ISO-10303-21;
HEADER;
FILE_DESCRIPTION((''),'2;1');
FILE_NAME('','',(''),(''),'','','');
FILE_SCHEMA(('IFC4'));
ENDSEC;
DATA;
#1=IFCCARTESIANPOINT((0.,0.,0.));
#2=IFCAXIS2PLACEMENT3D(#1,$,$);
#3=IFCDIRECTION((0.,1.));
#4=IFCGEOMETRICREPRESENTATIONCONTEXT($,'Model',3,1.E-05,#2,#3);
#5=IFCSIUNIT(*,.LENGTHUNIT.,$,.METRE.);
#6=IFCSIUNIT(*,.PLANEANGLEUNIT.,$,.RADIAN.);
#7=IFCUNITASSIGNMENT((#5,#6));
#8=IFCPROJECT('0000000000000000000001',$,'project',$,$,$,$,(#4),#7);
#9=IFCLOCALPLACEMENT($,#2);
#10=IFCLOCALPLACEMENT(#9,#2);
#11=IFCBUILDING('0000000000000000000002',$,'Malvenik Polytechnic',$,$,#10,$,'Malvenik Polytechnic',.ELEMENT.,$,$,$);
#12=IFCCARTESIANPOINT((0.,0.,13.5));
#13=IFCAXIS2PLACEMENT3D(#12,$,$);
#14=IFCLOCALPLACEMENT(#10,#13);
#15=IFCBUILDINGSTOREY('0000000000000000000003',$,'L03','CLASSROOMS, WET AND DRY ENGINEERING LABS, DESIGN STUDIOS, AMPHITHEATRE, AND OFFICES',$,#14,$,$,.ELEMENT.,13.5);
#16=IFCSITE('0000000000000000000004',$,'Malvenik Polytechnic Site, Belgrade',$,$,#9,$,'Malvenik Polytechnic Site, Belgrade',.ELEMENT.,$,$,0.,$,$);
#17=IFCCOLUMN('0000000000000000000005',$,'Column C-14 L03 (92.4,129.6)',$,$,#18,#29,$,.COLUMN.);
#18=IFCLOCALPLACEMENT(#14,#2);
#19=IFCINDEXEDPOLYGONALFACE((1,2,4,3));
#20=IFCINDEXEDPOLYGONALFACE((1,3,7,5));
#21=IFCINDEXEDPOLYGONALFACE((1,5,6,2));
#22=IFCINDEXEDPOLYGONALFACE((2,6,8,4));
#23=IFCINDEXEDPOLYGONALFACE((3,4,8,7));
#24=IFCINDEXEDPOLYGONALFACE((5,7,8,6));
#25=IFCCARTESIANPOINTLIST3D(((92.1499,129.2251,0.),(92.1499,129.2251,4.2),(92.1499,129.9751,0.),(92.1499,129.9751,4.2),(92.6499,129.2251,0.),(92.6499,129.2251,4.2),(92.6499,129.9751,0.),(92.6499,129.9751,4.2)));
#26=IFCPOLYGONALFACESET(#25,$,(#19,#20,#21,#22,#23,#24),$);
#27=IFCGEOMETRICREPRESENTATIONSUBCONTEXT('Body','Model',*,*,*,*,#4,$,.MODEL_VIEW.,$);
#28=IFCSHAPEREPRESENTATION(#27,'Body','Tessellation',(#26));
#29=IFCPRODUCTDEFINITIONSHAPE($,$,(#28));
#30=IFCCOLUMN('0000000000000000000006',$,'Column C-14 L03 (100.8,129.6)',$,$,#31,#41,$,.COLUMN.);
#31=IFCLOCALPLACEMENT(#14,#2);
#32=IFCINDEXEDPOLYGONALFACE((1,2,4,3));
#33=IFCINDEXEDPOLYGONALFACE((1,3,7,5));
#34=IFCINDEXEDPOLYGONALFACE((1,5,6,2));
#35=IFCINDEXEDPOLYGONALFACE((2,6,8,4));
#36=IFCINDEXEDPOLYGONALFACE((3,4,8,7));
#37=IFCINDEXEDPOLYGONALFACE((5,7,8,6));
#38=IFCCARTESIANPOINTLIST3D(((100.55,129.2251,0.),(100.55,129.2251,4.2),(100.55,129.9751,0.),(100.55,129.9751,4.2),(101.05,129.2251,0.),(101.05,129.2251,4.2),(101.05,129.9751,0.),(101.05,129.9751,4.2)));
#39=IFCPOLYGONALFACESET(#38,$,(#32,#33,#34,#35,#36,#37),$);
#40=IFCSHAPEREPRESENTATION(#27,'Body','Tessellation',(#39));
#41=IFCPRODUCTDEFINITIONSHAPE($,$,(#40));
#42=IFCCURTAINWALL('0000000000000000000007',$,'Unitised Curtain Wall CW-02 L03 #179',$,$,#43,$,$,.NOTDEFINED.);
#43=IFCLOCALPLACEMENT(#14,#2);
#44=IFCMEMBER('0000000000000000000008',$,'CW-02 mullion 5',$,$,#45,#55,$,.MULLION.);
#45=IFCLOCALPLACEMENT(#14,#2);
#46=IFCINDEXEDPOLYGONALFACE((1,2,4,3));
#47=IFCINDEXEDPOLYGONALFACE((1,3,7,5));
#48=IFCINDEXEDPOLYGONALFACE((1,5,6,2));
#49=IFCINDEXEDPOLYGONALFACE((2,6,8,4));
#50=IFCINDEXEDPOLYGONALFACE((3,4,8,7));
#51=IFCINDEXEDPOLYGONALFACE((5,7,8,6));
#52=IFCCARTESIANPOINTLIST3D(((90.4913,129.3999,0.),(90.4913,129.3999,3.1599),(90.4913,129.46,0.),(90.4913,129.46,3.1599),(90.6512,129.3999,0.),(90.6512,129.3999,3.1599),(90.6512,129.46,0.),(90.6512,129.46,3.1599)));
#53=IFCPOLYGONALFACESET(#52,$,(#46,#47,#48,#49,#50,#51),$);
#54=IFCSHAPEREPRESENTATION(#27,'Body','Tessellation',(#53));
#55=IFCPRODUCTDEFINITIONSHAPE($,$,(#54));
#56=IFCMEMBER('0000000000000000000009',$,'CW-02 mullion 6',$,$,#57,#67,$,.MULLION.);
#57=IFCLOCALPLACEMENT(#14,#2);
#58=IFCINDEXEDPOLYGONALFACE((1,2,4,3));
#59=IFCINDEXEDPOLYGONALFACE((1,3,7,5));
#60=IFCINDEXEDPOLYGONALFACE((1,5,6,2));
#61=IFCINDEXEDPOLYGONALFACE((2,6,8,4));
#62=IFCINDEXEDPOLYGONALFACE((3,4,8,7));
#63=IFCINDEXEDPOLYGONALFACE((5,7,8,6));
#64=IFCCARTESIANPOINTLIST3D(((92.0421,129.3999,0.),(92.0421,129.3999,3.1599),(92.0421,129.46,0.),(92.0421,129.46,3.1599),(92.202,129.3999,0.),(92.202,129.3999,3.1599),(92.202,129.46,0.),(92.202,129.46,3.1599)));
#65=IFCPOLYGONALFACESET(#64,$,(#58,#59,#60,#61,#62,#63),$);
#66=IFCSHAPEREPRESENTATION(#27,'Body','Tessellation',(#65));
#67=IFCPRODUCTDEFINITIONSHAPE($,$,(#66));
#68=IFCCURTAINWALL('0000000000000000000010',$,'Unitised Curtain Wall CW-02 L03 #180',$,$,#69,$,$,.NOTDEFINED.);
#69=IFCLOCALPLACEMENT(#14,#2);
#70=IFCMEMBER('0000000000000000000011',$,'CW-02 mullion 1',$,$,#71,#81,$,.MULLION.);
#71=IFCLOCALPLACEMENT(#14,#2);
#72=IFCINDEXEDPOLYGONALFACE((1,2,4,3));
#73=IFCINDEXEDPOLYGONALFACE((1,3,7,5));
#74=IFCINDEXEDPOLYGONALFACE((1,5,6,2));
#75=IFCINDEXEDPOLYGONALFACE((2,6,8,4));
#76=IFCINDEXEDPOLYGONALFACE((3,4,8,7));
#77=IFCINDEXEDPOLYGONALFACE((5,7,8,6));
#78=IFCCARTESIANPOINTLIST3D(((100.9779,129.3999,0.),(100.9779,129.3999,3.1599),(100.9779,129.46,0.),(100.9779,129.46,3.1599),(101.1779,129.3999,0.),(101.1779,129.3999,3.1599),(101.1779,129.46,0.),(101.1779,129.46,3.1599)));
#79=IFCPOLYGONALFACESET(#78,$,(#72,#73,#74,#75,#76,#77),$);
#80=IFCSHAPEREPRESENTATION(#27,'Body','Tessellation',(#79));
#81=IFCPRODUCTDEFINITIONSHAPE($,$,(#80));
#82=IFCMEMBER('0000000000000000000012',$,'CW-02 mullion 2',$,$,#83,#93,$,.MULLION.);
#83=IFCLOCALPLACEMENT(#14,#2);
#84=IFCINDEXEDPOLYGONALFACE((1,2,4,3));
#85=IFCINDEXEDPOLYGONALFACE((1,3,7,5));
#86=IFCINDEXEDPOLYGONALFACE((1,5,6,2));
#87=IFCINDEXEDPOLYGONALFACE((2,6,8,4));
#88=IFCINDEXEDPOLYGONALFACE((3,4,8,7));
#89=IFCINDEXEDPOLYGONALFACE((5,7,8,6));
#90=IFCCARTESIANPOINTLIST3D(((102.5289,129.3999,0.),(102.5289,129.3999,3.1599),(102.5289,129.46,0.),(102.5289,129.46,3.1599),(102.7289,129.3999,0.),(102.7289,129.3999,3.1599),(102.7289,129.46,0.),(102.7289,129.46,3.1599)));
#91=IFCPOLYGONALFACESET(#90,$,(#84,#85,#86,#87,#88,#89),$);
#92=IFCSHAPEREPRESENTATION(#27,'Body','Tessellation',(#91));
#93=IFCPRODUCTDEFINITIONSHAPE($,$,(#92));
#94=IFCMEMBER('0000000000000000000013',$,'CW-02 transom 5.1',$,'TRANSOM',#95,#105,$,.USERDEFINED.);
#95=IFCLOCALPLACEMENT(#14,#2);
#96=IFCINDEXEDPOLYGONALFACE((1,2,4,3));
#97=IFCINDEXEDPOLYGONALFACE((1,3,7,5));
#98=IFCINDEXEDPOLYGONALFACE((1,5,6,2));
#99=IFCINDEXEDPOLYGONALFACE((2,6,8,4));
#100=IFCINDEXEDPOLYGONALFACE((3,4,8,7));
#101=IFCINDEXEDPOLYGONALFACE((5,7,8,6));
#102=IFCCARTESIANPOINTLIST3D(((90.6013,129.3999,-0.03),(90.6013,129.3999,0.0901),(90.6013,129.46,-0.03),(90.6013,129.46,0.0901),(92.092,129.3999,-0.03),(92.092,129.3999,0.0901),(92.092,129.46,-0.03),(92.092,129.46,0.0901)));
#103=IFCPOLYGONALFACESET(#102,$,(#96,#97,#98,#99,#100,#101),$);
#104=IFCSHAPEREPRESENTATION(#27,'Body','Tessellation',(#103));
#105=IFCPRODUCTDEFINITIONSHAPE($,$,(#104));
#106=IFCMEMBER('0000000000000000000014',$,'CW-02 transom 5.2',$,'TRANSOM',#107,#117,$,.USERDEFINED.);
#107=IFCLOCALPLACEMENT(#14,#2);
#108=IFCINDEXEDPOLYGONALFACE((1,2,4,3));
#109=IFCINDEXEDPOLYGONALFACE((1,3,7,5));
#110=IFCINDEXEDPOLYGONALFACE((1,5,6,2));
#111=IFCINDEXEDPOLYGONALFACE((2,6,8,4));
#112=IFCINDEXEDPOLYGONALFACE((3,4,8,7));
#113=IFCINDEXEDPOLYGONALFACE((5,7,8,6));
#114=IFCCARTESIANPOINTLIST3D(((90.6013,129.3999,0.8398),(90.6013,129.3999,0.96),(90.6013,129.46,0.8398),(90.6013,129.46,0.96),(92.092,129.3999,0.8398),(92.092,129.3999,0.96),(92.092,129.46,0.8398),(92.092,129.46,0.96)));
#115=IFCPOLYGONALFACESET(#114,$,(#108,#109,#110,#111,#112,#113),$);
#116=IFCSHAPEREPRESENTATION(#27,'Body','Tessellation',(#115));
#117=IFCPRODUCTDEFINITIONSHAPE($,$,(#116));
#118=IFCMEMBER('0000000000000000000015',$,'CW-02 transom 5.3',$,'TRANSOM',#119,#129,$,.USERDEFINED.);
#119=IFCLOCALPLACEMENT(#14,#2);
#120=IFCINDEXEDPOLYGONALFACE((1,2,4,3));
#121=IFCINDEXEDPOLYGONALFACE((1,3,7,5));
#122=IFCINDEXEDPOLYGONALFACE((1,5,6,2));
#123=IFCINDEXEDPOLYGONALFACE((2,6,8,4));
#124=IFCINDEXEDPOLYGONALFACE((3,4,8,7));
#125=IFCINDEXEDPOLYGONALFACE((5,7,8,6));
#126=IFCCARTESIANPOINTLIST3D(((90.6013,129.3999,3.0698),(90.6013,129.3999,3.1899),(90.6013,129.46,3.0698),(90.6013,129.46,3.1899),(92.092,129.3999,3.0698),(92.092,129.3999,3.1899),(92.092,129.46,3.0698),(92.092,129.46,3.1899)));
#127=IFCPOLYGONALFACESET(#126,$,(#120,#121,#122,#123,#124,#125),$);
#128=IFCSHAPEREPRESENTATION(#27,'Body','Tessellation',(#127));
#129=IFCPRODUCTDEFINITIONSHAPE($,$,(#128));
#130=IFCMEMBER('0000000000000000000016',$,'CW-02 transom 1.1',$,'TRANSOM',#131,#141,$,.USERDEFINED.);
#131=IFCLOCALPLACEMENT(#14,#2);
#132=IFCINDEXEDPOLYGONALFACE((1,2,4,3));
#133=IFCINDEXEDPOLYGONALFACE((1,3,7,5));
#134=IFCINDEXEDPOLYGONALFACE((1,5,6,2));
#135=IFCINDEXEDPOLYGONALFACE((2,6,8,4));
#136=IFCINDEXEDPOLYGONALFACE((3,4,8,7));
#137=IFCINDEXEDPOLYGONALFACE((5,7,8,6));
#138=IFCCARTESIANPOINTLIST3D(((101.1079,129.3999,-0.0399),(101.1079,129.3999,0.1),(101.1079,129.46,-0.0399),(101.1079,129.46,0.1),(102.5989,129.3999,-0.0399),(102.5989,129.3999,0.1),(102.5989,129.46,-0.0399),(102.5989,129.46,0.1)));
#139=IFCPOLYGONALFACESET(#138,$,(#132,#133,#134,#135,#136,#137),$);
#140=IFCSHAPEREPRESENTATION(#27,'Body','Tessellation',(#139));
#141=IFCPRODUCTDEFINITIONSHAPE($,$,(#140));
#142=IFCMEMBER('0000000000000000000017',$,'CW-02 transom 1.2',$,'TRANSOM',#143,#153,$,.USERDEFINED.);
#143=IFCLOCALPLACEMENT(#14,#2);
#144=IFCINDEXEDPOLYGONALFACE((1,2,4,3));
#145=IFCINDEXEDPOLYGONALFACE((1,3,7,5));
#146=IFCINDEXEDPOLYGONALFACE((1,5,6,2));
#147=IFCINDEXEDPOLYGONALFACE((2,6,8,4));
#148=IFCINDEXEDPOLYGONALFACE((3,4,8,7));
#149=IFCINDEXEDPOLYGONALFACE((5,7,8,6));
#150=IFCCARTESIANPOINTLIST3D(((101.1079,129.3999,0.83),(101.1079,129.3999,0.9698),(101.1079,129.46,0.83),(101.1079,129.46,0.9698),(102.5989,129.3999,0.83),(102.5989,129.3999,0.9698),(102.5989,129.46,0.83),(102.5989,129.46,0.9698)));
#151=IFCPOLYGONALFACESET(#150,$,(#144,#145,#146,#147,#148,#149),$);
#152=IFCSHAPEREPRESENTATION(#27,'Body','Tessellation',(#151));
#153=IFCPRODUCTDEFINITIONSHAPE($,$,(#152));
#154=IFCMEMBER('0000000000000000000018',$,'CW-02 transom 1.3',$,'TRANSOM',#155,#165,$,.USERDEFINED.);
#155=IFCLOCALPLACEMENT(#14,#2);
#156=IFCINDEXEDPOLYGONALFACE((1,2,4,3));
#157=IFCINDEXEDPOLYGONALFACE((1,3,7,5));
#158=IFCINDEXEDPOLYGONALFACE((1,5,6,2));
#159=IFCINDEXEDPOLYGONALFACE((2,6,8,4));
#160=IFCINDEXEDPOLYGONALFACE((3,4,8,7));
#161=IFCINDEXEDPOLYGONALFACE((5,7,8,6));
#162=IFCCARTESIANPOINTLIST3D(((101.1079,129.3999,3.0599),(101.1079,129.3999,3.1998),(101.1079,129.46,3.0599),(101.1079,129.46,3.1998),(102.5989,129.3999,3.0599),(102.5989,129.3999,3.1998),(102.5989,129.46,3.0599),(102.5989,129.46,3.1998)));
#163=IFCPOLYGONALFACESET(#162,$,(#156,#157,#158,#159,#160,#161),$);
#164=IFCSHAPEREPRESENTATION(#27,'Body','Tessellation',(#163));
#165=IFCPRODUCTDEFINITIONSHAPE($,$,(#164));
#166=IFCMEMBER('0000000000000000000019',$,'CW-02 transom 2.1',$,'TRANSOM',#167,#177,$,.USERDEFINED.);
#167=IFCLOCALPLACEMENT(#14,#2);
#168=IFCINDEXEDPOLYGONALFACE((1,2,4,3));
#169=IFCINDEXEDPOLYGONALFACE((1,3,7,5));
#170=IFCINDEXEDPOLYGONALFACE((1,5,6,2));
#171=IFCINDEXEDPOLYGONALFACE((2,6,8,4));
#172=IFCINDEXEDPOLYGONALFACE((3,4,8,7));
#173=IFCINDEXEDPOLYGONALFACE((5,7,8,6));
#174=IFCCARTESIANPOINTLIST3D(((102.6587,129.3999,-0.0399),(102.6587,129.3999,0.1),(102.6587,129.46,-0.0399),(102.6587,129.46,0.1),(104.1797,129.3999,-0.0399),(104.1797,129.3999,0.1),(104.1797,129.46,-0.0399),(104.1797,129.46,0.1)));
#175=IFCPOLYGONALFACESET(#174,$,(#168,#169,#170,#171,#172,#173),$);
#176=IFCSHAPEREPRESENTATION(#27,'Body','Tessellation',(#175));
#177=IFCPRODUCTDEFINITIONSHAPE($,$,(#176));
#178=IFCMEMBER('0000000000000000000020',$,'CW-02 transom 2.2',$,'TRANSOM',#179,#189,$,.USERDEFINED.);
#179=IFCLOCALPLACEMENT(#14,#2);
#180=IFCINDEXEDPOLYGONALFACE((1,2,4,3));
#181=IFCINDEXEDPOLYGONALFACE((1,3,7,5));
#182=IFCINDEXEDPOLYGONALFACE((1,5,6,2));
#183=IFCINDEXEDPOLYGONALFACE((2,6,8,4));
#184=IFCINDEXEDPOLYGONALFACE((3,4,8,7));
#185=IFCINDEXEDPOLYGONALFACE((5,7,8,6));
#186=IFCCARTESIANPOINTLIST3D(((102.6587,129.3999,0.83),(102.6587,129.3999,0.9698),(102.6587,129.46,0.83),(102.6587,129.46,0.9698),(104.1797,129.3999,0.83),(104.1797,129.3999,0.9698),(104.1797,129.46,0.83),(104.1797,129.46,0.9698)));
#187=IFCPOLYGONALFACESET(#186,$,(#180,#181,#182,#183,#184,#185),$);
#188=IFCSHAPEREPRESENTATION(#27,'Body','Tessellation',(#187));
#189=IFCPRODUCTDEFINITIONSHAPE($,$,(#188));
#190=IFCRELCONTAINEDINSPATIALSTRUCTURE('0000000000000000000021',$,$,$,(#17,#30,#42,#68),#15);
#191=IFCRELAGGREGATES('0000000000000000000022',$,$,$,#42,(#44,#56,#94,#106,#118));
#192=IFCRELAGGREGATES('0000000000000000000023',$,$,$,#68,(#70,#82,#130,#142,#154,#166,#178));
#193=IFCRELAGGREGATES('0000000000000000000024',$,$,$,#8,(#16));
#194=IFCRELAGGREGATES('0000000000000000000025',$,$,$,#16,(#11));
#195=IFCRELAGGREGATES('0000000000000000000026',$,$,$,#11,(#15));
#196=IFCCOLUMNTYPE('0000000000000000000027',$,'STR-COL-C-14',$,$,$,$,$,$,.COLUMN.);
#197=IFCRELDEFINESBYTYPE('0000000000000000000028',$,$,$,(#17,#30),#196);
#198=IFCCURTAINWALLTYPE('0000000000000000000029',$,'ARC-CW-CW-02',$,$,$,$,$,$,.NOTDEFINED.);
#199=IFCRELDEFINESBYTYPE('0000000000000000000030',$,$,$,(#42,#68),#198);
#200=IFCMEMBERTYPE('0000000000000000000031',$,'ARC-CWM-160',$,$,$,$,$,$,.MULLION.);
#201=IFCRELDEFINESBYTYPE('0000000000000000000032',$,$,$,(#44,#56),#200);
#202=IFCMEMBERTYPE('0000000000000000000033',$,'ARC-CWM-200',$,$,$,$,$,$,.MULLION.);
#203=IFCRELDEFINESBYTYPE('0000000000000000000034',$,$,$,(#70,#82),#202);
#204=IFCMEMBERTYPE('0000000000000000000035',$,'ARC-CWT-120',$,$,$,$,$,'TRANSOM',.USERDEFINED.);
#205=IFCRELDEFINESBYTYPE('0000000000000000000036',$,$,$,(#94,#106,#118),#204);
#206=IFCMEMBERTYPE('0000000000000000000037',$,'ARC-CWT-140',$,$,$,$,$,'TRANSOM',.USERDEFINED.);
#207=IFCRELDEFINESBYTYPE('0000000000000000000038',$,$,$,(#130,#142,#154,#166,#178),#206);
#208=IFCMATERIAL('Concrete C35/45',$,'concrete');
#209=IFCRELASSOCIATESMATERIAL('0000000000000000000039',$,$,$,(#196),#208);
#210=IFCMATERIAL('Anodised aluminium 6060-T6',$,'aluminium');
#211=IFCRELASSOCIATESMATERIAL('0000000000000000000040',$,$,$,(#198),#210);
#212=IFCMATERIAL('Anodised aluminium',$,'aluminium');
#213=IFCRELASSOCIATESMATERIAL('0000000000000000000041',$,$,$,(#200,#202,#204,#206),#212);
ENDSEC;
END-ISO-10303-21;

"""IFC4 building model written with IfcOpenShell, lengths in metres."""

from ifc_helpers import new_model, si_unit, direction, frame, origin, origin_2d, place, context, subcontext, project, spatial, rectangle, extrude, material, material_profile, profile_set, type_object, element, aggregate, save


model = new_model("IFC4")

# Units and contexts
model_context = context("Model", 3, precision=1e-05, world=origin(), true_north=direction((0.0, 1.0)))
body_context = subcontext(model_context, "Body", "Model", "MODEL_VIEW")
ifc_project = project(units=[si_unit("LENGTHUNIT", "METRE"), si_unit("PLANEANGLEUNIT", "RADIAN")], contexts=[model_context])

# Site, building, storey
site_placement = place(None, origin())
site = spatial("IfcSite", under=ifc_project, at=site_placement, Name="Malvenik Polytechnic Site, Belgrade", LongName="Malvenik Polytechnic Site, Belgrade", CompositionType="ELEMENT", RefElevation=0.0)
building_placement = place(site_placement, origin())
building = spatial("IfcBuilding", under=site, at=building_placement, Name="Malvenik Polytechnic", LongName="Malvenik Polytechnic", CompositionType="ELEMENT")
storey_placement = place(building_placement, frame((0.0, 0.0, 13.5)))
storey = spatial("IfcBuildingStorey", under=building, at=storey_placement, Name="L03", Description="CLASSROOMS, WET AND DRY ENGINEERING LABS, DESIGN STUDIOS, AMPHITHEATRE, AND OFFICES", CompositionType="ELEMENT", Elevation=13.5)

# Columns
ifc_material_1 = material(Name="Concrete C35/45", Category="concrete")
ifc_material_profile_1 = material_profile(ifc_material_1, rectangle(XDim=0.5, YDim=0.75, at=origin_2d()), Name="RC COL 750x500")
ifc_profile_set_1 = profile_set([ifc_material_profile_1], Name="Concrete C35/45")
column_type = type_object("IfcColumnType", Name="STR-COL-C-14", PredefinedType="COLUMN", material=ifc_profile_set_1)
for number, where, z_axis, x_axis, name in (
    (1, (92.3999, 129.6001, 0.0), (0.0, 0.0, 1.0), (1.0, 0.0, 0.0), "Column C-14 L03 (92.4,129.6)"),
    (2, (100.8, 129.6001, 0.0), (0.0, 0.0, 1.0), (1.0, 0.0, 0.0), "Column C-14 L03 (100.8,129.6)"),
):
    element("IfcColumn", number, at=place(storey_placement, frame(where, z_axis=z_axis, x_axis=x_axis)), inside=storey, type_object=column_type, Name=name, PredefinedType="COLUMN", context=body_context, shape_type="SweptSolid", body=[
        extrude(rectangle(XDim=0.5, YDim=0.75, at=origin_2d()), origin(), (0.0, 0.0, 1.0), 4.2),
    ])

# Curtain walls, members
ifc_material_2 = material(Name="Anodised aluminium 6060-T6", Category="aluminium")
curtain_wall_type = type_object("IfcCurtainWallType", Name="ARC-CW-CW-02", PredefinedType="NOTDEFINED", material=ifc_material_2)
curtain_wall_1_placement = place(storey_placement, origin())
curtain_wall_1 = element("IfcCurtainWall", 3, at=curtain_wall_1_placement, inside=storey, type_object=curtain_wall_type, Name="Unitised Curtain Wall CW-02 L03 #179", PredefinedType="NOTDEFINED")
ifc_material_3 = material(Name="Anodised aluminium", Category="aluminium")
ifc_material_profile_2 = material_profile(ifc_material_3, rectangle(XDim=0.0601, YDim=0.1599, at=origin_2d()), Name="ALU MULLION 60x160")
ifc_profile_set_2 = profile_set([ifc_material_profile_2], Name="Anodised aluminium")
member_type_1 = type_object("IfcMemberType", Name="ARC-CWM-160", PredefinedType="MULLION", material=ifc_profile_set_2)
member_1_placement = place(storey_placement, frame((90.5713, 129.4299, 0.0), z_axis=(0.0, 0.0, 1.0), x_axis=(0.0, 1.0, 0.0)))
member_1 = element("IfcMember", 4, at=member_1_placement, type_object=member_type_1, Name="CW-02 mullion 5", PredefinedType="MULLION", context=body_context, shape_type="SweptSolid", body=[
    extrude(rectangle(XDim=0.0601, YDim=0.1599, at=origin_2d()), origin(), (0.0, 0.0, 1.0), 3.1599),
])
member_2_placement = place(storey_placement, frame((92.1221, 129.4299, 0.0), z_axis=(0.0, 0.0, 1.0), x_axis=(0.0, 1.0, 0.0)))
member_2 = element("IfcMember", 5, at=member_2_placement, type_object=member_type_1, Name="CW-02 mullion 6", PredefinedType="MULLION", context=body_context, shape_type="SweptSolid", body=[
    extrude(rectangle(XDim=0.0601, YDim=0.1599, at=origin_2d()), origin(), (0.0, 0.0, 1.0), 3.1599),
])
curtain_wall_2_placement = place(storey_placement, origin())
curtain_wall_2 = element("IfcCurtainWall", 6, at=curtain_wall_2_placement, inside=storey, type_object=curtain_wall_type, Name="Unitised Curtain Wall CW-02 L03 #180", PredefinedType="NOTDEFINED")
ifc_material_profile_3 = material_profile(ifc_material_3, rectangle(XDim=0.0601, YDim=0.2, at=origin_2d()), Name="ALU MULLION 60x200")
ifc_profile_set_3 = profile_set([ifc_material_profile_3], Name="Anodised aluminium")
member_type_2 = type_object("IfcMemberType", Name="ARC-CWM-200", PredefinedType="MULLION", material=ifc_profile_set_3)
member_3_placement = place(storey_placement, frame((101.0779, 129.4299, 0.0), z_axis=(0.0, 0.0, 1.0), x_axis=(0.0, 1.0, 0.0)))
member_3 = element("IfcMember", 7, at=member_3_placement, type_object=member_type_2, Name="CW-02 mullion 1", PredefinedType="MULLION", context=body_context, shape_type="SweptSolid", body=[
    extrude(rectangle(XDim=0.0601, YDim=0.2, at=origin_2d()), origin(), (0.0, 0.0, 1.0), 3.1599),
])
member_4_placement = place(storey_placement, frame((102.6289, 129.4299, 0.0), z_axis=(0.0, 0.0, 1.0), x_axis=(0.0, 1.0, 0.0)))
member_4 = element("IfcMember", 8, at=member_4_placement, type_object=member_type_2, Name="CW-02 mullion 2", PredefinedType="MULLION", context=body_context, shape_type="SweptSolid", body=[
    extrude(rectangle(XDim=0.0601, YDim=0.2, at=origin_2d()), origin(), (0.0, 0.0, 1.0), 3.1599),
])

# Members
ifc_material_profile_4 = material_profile(ifc_material_3, rectangle(XDim=0.0601, YDim=0.1201, at=origin_2d()), Name="ALU TRANSOM 60x120")
ifc_profile_set_4 = profile_set([ifc_material_profile_4], Name="Anodised aluminium")
member_type_3 = type_object("IfcMemberType", Name="ARC-CWT-120", ElementType="TRANSOM", PredefinedType="USERDEFINED", material=ifc_profile_set_4)
member_5_placement = place(storey_placement, frame((90.6013, 129.4299, 0.03), z_axis=(1.0, 0.0, 0.0), x_axis=(0.0, 1.0, 0.0)))
member_5 = element("IfcMember", 9, at=member_5_placement, type_object=member_type_3, Name="CW-02 transom 5.1", ObjectType="TRANSOM", PredefinedType="USERDEFINED", context=body_context, shape_type="SweptSolid", body=[
    extrude(rectangle(XDim=0.0601, YDim=0.1201, at=origin_2d()), origin(), (0.0, 0.0, 1.0), 1.4907),
])
member_6_placement = place(storey_placement, frame((90.6013, 129.4299, 0.8999), z_axis=(1.0, 0.0, 0.0), x_axis=(0.0, 1.0, 0.0)))
member_6 = element("IfcMember", 10, at=member_6_placement, type_object=member_type_3, Name="CW-02 transom 5.2", ObjectType="TRANSOM", PredefinedType="USERDEFINED", context=body_context, shape_type="SweptSolid", body=[
    extrude(rectangle(XDim=0.0601, YDim=0.1201, at=origin_2d()), origin(), (0.0, 0.0, 1.0), 1.4907),
])
member_7_placement = place(storey_placement, frame((90.6013, 129.4299, 3.1299), z_axis=(1.0, 0.0, 0.0), x_axis=(0.0, 1.0, 0.0)))
member_7 = element("IfcMember", 11, at=member_7_placement, type_object=member_type_3, Name="CW-02 transom 5.3", ObjectType="TRANSOM", PredefinedType="USERDEFINED", context=body_context, shape_type="SweptSolid", body=[
    extrude(rectangle(XDim=0.0601, YDim=0.1201, at=origin_2d()), origin(), (0.0, 0.0, 1.0), 1.4907),
])
ifc_material_profile_5 = material_profile(ifc_material_3, rectangle(XDim=0.0601, YDim=0.1399, at=origin_2d()), Name="ALU TRANSOM 60x140")
ifc_profile_set_5 = profile_set([ifc_material_profile_5], Name="Anodised aluminium")
member_type_4 = type_object("IfcMemberType", Name="ARC-CWT-140", ElementType="TRANSOM", PredefinedType="USERDEFINED", material=ifc_profile_set_5)
member_8_placement = place(storey_placement, frame((101.1079, 129.4299, 0.03), z_axis=(1.0, 0.0, 0.0), x_axis=(0.0, 1.0, 0.0)))
member_8 = element("IfcMember", 12, at=member_8_placement, type_object=member_type_4, Name="CW-02 transom 1.1", ObjectType="TRANSOM", PredefinedType="USERDEFINED", context=body_context, shape_type="SweptSolid", body=[
    extrude(rectangle(XDim=0.0601, YDim=0.1399, at=origin_2d()), origin(), (0.0, 0.0, 1.0), 1.491),
])
member_9_placement = place(storey_placement, frame((101.1079, 129.4299, 0.8999), z_axis=(1.0, 0.0, 0.0), x_axis=(0.0, 1.0, 0.0)))
member_9 = element("IfcMember", 13, at=member_9_placement, type_object=member_type_4, Name="CW-02 transom 1.2", ObjectType="TRANSOM", PredefinedType="USERDEFINED", context=body_context, shape_type="SweptSolid", body=[
    extrude(rectangle(XDim=0.0601, YDim=0.1399, at=origin_2d()), origin(), (0.0, 0.0, 1.0), 1.491),
])
member_10_placement = place(storey_placement, frame((101.1079, 129.4299, 3.1299), z_axis=(1.0, 0.0, 0.0), x_axis=(0.0, 1.0, 0.0)))
member_10 = element("IfcMember", 14, at=member_10_placement, type_object=member_type_4, Name="CW-02 transom 1.3", ObjectType="TRANSOM", PredefinedType="USERDEFINED", context=body_context, shape_type="SweptSolid", body=[
    extrude(rectangle(XDim=0.0601, YDim=0.1399, at=origin_2d()), origin(), (0.0, 0.0, 1.0), 1.491),
])
member_11_placement = place(storey_placement, frame((102.6587, 129.4299, 0.03), z_axis=(1.0, 0.0, 0.0), x_axis=(0.0, 1.0, 0.0)))
member_11 = element("IfcMember", 15, at=member_11_placement, type_object=member_type_4, Name="CW-02 transom 2.1", ObjectType="TRANSOM", PredefinedType="USERDEFINED", context=body_context, shape_type="SweptSolid", body=[
    extrude(rectangle(XDim=0.0601, YDim=0.1399, at=origin_2d()), origin(), (0.0, 0.0, 1.0), 1.521),
])
member_12_placement = place(storey_placement, frame((102.6587, 129.4299, 0.8999), z_axis=(1.0, 0.0, 0.0), x_axis=(0.0, 1.0, 0.0)))
member_12 = element("IfcMember", 16, at=member_12_placement, type_object=member_type_4, Name="CW-02 transom 2.2", ObjectType="TRANSOM", PredefinedType="USERDEFINED", context=body_context, shape_type="SweptSolid", body=[
    extrude(rectangle(XDim=0.0601, YDim=0.1399, at=origin_2d()), origin(), (0.0, 0.0, 1.0), 1.521),
])

aggregate(curtain_wall_1, [member_1, member_2, member_5, member_6, member_7])
aggregate(curtain_wall_2, [member_3, member_4, member_8, member_9, member_10, member_11, member_12])

save(model, "model.ifc")
